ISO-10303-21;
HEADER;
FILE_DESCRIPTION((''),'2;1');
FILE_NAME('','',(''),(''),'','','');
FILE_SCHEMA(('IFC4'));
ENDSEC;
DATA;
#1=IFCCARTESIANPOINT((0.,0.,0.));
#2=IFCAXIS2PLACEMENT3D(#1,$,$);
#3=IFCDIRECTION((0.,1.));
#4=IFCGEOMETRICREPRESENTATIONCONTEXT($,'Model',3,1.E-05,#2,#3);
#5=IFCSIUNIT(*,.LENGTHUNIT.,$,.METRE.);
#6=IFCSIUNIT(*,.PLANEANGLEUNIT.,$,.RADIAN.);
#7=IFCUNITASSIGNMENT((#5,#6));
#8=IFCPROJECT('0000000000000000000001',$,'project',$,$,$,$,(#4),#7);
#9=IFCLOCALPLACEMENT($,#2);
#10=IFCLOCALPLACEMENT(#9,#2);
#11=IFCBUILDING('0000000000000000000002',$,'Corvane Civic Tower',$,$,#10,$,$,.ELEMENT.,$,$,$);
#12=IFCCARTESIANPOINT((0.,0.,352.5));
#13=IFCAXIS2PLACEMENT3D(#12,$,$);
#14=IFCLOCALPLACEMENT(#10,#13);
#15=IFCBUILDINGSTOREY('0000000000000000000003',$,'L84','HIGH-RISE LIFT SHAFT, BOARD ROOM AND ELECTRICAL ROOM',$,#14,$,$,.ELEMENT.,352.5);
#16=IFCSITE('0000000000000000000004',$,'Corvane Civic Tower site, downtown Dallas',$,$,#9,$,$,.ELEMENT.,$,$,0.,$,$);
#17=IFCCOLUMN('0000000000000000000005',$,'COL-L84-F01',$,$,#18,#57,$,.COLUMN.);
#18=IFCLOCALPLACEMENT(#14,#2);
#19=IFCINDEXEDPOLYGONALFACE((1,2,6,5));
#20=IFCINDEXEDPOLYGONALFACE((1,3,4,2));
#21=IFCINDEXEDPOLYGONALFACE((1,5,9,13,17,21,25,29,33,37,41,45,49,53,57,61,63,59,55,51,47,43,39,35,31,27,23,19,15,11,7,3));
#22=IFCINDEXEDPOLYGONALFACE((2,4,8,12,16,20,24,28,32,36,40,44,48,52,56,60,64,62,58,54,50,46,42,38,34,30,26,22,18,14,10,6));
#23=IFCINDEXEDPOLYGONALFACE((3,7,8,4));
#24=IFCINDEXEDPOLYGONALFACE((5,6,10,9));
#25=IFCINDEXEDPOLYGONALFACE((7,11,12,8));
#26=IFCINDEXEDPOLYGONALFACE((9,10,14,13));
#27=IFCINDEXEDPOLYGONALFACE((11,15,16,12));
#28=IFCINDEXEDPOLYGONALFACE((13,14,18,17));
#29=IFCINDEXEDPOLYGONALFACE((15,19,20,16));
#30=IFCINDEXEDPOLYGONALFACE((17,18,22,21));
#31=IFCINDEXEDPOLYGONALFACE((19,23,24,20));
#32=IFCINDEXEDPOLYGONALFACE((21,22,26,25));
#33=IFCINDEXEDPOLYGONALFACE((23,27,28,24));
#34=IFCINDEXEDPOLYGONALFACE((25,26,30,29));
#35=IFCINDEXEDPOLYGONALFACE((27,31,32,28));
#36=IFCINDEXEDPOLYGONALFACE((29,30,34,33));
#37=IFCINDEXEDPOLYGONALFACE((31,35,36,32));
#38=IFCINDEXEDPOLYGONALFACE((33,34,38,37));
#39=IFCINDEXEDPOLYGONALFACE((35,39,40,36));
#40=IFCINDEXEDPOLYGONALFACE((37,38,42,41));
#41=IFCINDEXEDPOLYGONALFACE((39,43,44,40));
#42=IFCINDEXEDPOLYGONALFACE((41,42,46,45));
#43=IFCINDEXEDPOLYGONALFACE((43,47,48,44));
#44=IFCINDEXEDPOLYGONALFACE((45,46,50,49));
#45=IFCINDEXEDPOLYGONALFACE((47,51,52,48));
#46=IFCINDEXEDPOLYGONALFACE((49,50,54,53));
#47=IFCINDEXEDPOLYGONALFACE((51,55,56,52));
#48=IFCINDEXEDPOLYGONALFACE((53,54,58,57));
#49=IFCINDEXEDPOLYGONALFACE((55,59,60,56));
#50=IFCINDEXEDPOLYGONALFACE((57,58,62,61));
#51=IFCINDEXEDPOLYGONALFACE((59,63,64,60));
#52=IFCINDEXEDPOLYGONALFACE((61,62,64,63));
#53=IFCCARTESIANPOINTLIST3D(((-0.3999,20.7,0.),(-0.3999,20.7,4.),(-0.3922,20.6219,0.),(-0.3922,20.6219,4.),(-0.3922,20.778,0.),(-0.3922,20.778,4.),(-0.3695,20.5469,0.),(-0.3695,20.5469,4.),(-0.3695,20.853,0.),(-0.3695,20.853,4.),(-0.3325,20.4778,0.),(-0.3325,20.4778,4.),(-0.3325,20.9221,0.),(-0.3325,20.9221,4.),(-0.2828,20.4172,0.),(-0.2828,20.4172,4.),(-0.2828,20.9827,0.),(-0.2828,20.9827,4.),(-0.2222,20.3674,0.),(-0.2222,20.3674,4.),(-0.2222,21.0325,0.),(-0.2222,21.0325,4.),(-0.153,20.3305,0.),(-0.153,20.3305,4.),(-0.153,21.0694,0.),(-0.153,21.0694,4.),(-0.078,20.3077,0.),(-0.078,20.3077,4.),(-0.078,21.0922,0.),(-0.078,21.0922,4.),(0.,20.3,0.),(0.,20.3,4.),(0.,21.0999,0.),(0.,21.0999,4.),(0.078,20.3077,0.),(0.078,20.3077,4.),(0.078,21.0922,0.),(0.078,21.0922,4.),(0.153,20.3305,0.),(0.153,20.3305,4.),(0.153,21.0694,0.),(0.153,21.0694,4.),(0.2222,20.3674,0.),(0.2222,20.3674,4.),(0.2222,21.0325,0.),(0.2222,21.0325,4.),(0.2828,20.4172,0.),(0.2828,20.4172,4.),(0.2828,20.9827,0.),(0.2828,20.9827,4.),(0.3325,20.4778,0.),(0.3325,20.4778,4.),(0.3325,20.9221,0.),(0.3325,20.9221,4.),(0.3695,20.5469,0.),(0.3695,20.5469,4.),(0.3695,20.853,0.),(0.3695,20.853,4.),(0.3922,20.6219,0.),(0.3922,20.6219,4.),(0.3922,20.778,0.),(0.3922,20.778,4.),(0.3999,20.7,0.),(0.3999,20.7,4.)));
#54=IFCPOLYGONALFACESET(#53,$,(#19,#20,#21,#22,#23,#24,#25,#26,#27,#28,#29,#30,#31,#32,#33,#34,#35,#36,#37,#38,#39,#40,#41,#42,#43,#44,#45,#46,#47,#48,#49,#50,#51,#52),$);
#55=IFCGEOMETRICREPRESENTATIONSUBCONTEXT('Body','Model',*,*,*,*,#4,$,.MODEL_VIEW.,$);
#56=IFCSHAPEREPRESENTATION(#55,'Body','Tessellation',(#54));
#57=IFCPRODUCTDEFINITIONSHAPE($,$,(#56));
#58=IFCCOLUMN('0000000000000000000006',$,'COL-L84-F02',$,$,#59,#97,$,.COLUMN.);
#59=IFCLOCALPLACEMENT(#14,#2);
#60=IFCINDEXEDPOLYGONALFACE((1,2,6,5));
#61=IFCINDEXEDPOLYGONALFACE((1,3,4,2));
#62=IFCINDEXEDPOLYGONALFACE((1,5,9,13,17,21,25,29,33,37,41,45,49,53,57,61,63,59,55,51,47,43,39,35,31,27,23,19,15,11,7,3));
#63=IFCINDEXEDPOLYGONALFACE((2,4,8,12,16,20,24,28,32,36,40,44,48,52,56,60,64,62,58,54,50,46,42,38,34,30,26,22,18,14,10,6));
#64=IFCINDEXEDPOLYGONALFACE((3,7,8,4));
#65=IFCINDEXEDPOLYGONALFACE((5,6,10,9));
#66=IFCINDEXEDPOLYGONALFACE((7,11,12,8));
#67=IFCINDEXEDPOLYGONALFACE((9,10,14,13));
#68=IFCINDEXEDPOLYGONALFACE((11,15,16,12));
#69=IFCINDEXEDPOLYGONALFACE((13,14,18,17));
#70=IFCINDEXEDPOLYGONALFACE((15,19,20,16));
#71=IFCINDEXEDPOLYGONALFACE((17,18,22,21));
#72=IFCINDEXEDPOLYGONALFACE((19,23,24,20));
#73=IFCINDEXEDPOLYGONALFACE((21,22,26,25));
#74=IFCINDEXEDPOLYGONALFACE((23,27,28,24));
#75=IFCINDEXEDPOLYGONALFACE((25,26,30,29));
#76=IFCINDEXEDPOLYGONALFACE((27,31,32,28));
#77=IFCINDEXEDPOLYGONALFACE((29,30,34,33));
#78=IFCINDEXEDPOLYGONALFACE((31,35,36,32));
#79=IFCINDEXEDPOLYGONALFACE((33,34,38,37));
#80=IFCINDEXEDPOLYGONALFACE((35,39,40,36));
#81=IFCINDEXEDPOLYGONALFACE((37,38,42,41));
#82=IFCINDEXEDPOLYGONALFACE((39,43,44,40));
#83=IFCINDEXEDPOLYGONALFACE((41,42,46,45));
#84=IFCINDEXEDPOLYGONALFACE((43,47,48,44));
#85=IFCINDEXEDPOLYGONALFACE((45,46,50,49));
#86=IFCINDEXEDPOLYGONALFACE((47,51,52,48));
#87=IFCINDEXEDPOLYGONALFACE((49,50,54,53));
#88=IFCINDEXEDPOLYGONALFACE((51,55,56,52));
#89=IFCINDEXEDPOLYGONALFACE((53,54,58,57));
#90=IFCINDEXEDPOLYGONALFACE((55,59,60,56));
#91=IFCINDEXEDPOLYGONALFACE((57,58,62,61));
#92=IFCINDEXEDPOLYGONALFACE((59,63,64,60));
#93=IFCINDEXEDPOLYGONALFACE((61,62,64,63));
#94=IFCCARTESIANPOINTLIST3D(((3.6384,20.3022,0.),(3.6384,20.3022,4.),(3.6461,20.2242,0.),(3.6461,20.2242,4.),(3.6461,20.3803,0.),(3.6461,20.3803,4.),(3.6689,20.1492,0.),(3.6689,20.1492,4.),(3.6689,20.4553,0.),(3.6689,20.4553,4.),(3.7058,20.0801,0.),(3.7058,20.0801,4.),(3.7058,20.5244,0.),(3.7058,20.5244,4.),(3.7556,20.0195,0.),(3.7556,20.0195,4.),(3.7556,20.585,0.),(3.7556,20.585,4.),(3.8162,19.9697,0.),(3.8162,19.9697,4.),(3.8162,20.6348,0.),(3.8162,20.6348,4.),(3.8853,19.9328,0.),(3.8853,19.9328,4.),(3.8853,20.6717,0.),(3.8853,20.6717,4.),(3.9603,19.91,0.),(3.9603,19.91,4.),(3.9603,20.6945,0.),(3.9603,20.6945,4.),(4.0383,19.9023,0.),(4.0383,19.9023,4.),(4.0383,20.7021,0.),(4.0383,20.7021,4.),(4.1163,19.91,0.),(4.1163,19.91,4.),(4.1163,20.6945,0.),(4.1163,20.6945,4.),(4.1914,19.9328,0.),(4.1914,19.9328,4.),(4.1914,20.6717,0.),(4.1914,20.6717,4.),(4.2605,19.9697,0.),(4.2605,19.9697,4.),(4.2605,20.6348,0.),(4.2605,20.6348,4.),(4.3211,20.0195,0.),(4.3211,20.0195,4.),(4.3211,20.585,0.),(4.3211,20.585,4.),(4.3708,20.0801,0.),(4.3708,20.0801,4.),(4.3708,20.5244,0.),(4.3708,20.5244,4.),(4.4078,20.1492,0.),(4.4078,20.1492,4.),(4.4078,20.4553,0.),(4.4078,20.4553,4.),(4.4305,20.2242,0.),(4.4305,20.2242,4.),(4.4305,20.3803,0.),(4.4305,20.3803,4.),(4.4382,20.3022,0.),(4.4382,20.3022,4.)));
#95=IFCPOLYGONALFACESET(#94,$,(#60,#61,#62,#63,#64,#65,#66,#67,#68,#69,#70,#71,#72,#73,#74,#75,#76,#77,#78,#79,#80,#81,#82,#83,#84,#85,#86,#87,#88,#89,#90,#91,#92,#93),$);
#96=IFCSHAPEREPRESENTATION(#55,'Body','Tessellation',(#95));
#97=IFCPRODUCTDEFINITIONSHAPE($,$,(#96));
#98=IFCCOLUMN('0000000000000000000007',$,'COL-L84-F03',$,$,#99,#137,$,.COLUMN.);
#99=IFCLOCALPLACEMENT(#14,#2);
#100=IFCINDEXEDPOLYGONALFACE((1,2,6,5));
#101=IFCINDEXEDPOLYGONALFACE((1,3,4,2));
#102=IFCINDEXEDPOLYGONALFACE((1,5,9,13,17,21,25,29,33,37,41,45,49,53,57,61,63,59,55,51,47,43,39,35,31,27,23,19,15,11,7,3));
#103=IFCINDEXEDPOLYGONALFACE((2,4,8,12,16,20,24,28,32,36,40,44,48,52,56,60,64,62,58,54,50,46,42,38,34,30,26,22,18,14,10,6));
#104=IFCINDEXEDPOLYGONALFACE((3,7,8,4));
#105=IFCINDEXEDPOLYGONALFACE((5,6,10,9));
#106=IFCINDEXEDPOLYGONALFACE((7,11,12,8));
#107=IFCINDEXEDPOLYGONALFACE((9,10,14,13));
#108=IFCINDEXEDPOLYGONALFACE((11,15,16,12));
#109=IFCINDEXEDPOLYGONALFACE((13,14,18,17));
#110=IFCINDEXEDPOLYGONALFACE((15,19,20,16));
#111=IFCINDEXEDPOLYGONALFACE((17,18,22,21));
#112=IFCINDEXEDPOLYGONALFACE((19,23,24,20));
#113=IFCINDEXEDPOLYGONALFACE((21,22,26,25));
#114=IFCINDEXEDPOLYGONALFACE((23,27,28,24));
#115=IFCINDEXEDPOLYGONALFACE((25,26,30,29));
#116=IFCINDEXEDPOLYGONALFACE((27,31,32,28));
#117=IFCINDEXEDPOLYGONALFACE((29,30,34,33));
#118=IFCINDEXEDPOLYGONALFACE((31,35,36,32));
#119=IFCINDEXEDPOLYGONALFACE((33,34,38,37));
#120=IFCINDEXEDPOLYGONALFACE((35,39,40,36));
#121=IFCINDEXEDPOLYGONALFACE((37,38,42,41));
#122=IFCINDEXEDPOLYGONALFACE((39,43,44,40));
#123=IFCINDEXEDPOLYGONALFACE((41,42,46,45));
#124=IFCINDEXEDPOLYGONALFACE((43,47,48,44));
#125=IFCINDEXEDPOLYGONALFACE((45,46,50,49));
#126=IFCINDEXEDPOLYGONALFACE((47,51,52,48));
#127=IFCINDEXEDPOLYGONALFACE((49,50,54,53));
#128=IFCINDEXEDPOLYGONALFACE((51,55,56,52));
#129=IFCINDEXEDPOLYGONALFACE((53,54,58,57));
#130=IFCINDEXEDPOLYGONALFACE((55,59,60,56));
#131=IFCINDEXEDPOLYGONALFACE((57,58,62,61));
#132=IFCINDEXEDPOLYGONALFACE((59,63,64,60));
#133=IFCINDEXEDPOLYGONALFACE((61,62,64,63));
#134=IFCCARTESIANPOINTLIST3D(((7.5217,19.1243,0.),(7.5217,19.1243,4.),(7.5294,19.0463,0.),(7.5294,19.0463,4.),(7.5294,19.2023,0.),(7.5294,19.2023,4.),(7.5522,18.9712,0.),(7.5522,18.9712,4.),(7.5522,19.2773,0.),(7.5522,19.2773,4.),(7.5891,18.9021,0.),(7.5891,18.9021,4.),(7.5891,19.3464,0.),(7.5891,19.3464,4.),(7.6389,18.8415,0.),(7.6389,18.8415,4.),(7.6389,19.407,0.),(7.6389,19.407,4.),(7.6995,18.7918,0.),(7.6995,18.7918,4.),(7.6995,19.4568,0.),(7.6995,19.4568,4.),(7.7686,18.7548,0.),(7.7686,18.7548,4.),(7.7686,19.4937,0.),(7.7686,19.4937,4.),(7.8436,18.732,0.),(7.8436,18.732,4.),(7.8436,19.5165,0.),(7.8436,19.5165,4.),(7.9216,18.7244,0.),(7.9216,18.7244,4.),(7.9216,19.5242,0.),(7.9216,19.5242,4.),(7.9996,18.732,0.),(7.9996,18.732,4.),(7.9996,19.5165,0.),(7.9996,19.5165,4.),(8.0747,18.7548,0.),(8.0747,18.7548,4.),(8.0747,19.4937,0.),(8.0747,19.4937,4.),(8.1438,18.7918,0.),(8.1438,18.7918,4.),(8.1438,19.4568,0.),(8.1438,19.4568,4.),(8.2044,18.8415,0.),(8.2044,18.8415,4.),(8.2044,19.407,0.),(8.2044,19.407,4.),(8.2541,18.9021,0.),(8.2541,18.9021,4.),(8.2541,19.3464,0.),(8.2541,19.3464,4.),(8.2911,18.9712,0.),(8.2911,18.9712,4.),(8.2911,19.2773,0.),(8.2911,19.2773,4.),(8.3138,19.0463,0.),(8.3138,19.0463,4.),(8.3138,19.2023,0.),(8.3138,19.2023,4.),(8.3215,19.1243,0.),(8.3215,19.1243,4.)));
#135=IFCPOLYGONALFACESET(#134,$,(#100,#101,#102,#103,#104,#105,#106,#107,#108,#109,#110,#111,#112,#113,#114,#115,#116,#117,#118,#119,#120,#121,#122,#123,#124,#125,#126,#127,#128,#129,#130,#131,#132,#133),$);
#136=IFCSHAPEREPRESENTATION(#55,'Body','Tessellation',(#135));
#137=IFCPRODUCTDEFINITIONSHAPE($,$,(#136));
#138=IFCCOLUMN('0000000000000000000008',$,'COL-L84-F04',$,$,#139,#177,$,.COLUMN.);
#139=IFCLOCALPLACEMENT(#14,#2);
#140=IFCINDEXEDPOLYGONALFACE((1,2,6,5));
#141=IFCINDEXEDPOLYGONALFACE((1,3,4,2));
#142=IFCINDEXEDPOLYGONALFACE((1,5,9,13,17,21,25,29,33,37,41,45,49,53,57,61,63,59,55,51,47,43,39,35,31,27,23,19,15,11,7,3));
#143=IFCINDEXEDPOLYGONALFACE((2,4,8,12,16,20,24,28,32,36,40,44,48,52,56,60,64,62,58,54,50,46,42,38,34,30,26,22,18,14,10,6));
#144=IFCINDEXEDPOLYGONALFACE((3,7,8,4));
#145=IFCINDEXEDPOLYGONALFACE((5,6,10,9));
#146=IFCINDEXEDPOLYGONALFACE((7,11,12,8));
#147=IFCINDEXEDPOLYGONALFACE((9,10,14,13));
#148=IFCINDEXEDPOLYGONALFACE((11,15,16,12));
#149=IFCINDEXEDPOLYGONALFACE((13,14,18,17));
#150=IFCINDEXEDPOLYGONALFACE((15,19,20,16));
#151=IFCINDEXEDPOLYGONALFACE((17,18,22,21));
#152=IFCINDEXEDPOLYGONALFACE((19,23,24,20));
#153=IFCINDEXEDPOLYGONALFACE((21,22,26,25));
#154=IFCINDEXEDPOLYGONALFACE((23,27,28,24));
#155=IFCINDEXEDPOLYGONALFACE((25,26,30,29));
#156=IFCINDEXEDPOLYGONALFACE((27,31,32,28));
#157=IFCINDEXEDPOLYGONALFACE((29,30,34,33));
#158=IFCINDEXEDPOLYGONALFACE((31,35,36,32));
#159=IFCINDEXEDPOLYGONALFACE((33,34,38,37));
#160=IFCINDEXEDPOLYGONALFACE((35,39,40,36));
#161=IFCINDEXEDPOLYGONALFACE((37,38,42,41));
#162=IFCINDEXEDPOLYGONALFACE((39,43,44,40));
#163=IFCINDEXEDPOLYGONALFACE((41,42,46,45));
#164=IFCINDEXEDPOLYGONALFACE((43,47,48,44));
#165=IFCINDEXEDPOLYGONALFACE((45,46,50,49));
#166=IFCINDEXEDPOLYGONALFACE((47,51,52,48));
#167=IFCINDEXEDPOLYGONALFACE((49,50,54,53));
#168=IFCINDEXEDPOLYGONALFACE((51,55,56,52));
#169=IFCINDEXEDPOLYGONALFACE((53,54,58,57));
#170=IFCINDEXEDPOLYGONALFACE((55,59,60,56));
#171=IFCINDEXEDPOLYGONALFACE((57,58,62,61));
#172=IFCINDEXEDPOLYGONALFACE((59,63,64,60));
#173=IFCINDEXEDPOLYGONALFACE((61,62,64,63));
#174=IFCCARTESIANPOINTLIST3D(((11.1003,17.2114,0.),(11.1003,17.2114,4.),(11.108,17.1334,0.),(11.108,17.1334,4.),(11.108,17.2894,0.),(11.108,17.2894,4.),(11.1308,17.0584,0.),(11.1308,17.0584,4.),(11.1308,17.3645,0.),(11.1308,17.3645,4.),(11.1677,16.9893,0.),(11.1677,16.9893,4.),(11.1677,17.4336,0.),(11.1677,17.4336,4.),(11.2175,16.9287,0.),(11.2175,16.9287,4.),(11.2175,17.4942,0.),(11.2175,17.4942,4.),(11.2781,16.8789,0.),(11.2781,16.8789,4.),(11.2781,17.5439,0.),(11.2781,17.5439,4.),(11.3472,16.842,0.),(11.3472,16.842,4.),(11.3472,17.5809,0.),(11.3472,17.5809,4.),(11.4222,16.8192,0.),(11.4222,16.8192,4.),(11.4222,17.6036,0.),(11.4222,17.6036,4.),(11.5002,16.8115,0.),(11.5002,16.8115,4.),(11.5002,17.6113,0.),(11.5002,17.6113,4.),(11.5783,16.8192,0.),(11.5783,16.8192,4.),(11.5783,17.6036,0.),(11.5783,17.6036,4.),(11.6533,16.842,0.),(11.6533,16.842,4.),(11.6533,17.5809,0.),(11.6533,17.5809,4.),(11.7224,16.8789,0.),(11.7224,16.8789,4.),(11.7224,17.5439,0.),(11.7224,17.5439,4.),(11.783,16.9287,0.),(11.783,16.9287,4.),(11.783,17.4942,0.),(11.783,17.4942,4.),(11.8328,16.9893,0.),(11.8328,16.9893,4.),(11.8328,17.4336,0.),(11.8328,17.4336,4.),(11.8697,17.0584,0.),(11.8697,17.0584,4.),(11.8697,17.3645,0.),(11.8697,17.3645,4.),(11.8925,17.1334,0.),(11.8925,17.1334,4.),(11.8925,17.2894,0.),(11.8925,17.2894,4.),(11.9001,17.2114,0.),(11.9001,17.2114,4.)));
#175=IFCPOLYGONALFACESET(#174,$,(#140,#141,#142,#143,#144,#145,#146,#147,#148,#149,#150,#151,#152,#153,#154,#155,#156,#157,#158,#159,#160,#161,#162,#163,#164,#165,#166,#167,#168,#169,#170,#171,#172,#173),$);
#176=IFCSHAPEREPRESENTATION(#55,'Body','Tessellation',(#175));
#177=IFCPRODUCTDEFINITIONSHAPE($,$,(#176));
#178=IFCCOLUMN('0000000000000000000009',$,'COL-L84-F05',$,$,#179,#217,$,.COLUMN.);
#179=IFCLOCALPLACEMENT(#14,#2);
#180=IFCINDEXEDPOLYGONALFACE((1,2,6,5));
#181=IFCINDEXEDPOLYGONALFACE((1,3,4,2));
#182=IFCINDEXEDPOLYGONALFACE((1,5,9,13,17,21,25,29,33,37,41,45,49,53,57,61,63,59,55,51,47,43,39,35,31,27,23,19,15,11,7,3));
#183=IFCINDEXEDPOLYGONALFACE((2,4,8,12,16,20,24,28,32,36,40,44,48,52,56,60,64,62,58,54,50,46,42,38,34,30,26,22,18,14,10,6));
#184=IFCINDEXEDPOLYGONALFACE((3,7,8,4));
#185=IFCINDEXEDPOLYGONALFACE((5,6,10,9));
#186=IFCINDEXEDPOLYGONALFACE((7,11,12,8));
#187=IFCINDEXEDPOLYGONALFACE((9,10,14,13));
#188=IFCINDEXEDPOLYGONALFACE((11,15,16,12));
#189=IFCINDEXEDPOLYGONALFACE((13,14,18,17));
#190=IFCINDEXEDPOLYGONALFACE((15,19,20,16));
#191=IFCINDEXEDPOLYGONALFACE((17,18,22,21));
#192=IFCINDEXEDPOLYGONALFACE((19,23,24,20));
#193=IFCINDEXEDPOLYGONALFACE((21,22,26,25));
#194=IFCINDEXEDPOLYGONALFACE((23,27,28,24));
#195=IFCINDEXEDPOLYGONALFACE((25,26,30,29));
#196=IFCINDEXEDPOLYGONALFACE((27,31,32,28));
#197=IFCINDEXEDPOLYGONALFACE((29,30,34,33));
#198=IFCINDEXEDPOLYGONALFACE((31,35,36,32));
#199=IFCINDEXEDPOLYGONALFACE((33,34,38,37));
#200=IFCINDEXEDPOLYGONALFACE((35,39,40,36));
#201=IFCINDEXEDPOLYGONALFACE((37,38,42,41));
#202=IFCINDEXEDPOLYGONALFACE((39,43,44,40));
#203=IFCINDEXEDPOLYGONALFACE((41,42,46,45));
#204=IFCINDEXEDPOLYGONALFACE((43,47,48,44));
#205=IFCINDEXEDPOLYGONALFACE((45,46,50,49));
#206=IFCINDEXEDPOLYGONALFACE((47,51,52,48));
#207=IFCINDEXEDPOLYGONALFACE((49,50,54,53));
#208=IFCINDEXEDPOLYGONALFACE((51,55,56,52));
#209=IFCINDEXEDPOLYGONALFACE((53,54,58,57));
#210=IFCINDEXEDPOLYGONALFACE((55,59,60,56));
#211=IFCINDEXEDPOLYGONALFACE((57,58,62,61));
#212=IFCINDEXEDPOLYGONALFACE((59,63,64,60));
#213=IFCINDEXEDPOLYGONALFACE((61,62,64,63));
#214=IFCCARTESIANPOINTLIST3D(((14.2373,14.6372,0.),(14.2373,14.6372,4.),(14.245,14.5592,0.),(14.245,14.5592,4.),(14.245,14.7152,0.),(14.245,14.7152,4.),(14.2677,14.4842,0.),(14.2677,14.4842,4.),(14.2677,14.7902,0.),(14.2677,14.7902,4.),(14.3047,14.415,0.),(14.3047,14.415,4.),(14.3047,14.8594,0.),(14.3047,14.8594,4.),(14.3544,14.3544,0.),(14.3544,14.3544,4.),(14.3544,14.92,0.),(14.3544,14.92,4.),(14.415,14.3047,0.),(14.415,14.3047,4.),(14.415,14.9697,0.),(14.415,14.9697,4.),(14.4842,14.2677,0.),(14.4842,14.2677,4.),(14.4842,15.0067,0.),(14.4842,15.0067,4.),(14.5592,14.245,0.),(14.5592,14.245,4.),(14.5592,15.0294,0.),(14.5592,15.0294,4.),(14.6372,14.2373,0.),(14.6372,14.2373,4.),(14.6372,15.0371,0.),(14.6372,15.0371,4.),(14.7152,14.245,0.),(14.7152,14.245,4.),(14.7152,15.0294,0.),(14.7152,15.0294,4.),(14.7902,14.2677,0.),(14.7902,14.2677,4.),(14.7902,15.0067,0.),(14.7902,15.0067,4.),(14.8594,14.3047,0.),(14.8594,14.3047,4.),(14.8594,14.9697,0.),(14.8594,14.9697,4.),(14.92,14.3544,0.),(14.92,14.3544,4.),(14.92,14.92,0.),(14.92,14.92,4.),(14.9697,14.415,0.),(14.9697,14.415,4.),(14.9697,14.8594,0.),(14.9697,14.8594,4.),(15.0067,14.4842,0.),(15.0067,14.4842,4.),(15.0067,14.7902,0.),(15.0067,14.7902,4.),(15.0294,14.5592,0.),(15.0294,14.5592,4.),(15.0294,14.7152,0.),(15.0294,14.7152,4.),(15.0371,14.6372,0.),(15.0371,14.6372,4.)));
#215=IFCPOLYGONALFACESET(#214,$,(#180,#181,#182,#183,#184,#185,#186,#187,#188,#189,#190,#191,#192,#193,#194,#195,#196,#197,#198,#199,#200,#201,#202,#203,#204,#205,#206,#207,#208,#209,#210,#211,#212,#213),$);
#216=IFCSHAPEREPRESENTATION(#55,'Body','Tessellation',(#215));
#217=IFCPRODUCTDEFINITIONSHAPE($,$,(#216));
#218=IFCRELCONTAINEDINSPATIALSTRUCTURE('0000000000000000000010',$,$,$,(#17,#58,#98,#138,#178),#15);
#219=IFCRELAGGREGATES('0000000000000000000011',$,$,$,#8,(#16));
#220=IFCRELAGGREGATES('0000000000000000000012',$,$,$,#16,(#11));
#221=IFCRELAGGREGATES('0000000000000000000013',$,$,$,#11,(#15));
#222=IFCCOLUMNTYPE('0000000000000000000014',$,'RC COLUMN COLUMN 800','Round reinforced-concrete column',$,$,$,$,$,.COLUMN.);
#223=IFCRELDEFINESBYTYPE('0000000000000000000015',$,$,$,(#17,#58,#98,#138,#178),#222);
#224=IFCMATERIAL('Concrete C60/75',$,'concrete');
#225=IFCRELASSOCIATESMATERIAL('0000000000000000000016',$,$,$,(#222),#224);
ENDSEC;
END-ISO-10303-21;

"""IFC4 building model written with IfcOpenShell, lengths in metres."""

from ifc_helpers import new_model, si_unit, direction, frame, origin, origin_2d, place, context, subcontext, project, spatial, circle, extrude, material, material_profile, profile_set, type_object, element, save


model = new_model("IFC4")

# Units and contexts
model_context = context("Model", 3, precision=1e-05, world=origin(), true_north=direction((0.0, 1.0)))
body_context = subcontext(model_context, "Body", "Model", "MODEL_VIEW")
ifc_project = project(units=[si_unit("LENGTHUNIT", "METRE"), si_unit("PLANEANGLEUNIT", "RADIAN")], contexts=[model_context])

# Site, building, storey
site_placement = place(None, origin())
site = spatial("IfcSite", under=ifc_project, at=site_placement, Name="Corvane Civic Tower site, downtown Dallas", CompositionType="ELEMENT", RefElevation=0.0)
building_placement = place(site_placement, origin())
building = spatial("IfcBuilding", under=site, at=building_placement, Name="Corvane Civic Tower", CompositionType="ELEMENT")
storey_placement = place(building_placement, frame((0.0, 0.0, 352.5)))
storey = spatial("IfcBuildingStorey", under=building, at=storey_placement, Name="L84", Description="HIGH-RISE LIFT SHAFT, BOARD ROOM AND ELECTRICAL ROOM", CompositionType="ELEMENT", Elevation=352.5)

# Columns
ifc_material_1 = material(Name="Concrete C60/75", Category="concrete")
ifc_material_profile_1 = material_profile(ifc_material_1, circle(Radius=0.3999, at=origin_2d()), Name="COLUMN 800")
ifc_profile_set_1 = profile_set([ifc_material_profile_1], Name="Concrete C60/75")
column_type = type_object("IfcColumnType", Name="RC COLUMN COLUMN 800", Description="Round reinforced-concrete column", PredefinedType="COLUMN", material=ifc_profile_set_1)
for number, where, z_axis, x_axis, name in (
    (1, (0.0, 20.7, 0.0), (0.0, 0.0, 1.0), (1.0, 0.0, 0.0), "COL-L84-F01"),
    (2, (4.0383, 20.3022, 0.0), (0.0, 0.0, 1.0), (1.0, 0.0, 0.0), "COL-L84-F02"),
    (3, (7.9216, 19.1243, 0.0), (0.0, 0.0, 1.0), (1.0, 0.0, 0.0), "COL-L84-F03"),
    (4, (11.5002, 17.2114, 0.0), (0.0, 0.0, 1.0), (1.0, 0.0, 0.0), "COL-L84-F04"),
    (5, (14.6372, 14.6372, 0.0), (0.0, 0.0, 1.0), (1.0, 0.0, 0.0), "COL-L84-F05"),
):
    element("IfcColumn", number, at=place(storey_placement, frame(where, z_axis=z_axis, x_axis=x_axis)), inside=storey, type_object=column_type, Name=name, PredefinedType="COLUMN", context=body_context, shape_type="SweptSolid", body=[
        extrude(circle(Radius=0.3999, at=origin_2d()), origin(), (0.0, 0.0, 1.0), 4.0),
    ])

save(model, "model.ifc")
